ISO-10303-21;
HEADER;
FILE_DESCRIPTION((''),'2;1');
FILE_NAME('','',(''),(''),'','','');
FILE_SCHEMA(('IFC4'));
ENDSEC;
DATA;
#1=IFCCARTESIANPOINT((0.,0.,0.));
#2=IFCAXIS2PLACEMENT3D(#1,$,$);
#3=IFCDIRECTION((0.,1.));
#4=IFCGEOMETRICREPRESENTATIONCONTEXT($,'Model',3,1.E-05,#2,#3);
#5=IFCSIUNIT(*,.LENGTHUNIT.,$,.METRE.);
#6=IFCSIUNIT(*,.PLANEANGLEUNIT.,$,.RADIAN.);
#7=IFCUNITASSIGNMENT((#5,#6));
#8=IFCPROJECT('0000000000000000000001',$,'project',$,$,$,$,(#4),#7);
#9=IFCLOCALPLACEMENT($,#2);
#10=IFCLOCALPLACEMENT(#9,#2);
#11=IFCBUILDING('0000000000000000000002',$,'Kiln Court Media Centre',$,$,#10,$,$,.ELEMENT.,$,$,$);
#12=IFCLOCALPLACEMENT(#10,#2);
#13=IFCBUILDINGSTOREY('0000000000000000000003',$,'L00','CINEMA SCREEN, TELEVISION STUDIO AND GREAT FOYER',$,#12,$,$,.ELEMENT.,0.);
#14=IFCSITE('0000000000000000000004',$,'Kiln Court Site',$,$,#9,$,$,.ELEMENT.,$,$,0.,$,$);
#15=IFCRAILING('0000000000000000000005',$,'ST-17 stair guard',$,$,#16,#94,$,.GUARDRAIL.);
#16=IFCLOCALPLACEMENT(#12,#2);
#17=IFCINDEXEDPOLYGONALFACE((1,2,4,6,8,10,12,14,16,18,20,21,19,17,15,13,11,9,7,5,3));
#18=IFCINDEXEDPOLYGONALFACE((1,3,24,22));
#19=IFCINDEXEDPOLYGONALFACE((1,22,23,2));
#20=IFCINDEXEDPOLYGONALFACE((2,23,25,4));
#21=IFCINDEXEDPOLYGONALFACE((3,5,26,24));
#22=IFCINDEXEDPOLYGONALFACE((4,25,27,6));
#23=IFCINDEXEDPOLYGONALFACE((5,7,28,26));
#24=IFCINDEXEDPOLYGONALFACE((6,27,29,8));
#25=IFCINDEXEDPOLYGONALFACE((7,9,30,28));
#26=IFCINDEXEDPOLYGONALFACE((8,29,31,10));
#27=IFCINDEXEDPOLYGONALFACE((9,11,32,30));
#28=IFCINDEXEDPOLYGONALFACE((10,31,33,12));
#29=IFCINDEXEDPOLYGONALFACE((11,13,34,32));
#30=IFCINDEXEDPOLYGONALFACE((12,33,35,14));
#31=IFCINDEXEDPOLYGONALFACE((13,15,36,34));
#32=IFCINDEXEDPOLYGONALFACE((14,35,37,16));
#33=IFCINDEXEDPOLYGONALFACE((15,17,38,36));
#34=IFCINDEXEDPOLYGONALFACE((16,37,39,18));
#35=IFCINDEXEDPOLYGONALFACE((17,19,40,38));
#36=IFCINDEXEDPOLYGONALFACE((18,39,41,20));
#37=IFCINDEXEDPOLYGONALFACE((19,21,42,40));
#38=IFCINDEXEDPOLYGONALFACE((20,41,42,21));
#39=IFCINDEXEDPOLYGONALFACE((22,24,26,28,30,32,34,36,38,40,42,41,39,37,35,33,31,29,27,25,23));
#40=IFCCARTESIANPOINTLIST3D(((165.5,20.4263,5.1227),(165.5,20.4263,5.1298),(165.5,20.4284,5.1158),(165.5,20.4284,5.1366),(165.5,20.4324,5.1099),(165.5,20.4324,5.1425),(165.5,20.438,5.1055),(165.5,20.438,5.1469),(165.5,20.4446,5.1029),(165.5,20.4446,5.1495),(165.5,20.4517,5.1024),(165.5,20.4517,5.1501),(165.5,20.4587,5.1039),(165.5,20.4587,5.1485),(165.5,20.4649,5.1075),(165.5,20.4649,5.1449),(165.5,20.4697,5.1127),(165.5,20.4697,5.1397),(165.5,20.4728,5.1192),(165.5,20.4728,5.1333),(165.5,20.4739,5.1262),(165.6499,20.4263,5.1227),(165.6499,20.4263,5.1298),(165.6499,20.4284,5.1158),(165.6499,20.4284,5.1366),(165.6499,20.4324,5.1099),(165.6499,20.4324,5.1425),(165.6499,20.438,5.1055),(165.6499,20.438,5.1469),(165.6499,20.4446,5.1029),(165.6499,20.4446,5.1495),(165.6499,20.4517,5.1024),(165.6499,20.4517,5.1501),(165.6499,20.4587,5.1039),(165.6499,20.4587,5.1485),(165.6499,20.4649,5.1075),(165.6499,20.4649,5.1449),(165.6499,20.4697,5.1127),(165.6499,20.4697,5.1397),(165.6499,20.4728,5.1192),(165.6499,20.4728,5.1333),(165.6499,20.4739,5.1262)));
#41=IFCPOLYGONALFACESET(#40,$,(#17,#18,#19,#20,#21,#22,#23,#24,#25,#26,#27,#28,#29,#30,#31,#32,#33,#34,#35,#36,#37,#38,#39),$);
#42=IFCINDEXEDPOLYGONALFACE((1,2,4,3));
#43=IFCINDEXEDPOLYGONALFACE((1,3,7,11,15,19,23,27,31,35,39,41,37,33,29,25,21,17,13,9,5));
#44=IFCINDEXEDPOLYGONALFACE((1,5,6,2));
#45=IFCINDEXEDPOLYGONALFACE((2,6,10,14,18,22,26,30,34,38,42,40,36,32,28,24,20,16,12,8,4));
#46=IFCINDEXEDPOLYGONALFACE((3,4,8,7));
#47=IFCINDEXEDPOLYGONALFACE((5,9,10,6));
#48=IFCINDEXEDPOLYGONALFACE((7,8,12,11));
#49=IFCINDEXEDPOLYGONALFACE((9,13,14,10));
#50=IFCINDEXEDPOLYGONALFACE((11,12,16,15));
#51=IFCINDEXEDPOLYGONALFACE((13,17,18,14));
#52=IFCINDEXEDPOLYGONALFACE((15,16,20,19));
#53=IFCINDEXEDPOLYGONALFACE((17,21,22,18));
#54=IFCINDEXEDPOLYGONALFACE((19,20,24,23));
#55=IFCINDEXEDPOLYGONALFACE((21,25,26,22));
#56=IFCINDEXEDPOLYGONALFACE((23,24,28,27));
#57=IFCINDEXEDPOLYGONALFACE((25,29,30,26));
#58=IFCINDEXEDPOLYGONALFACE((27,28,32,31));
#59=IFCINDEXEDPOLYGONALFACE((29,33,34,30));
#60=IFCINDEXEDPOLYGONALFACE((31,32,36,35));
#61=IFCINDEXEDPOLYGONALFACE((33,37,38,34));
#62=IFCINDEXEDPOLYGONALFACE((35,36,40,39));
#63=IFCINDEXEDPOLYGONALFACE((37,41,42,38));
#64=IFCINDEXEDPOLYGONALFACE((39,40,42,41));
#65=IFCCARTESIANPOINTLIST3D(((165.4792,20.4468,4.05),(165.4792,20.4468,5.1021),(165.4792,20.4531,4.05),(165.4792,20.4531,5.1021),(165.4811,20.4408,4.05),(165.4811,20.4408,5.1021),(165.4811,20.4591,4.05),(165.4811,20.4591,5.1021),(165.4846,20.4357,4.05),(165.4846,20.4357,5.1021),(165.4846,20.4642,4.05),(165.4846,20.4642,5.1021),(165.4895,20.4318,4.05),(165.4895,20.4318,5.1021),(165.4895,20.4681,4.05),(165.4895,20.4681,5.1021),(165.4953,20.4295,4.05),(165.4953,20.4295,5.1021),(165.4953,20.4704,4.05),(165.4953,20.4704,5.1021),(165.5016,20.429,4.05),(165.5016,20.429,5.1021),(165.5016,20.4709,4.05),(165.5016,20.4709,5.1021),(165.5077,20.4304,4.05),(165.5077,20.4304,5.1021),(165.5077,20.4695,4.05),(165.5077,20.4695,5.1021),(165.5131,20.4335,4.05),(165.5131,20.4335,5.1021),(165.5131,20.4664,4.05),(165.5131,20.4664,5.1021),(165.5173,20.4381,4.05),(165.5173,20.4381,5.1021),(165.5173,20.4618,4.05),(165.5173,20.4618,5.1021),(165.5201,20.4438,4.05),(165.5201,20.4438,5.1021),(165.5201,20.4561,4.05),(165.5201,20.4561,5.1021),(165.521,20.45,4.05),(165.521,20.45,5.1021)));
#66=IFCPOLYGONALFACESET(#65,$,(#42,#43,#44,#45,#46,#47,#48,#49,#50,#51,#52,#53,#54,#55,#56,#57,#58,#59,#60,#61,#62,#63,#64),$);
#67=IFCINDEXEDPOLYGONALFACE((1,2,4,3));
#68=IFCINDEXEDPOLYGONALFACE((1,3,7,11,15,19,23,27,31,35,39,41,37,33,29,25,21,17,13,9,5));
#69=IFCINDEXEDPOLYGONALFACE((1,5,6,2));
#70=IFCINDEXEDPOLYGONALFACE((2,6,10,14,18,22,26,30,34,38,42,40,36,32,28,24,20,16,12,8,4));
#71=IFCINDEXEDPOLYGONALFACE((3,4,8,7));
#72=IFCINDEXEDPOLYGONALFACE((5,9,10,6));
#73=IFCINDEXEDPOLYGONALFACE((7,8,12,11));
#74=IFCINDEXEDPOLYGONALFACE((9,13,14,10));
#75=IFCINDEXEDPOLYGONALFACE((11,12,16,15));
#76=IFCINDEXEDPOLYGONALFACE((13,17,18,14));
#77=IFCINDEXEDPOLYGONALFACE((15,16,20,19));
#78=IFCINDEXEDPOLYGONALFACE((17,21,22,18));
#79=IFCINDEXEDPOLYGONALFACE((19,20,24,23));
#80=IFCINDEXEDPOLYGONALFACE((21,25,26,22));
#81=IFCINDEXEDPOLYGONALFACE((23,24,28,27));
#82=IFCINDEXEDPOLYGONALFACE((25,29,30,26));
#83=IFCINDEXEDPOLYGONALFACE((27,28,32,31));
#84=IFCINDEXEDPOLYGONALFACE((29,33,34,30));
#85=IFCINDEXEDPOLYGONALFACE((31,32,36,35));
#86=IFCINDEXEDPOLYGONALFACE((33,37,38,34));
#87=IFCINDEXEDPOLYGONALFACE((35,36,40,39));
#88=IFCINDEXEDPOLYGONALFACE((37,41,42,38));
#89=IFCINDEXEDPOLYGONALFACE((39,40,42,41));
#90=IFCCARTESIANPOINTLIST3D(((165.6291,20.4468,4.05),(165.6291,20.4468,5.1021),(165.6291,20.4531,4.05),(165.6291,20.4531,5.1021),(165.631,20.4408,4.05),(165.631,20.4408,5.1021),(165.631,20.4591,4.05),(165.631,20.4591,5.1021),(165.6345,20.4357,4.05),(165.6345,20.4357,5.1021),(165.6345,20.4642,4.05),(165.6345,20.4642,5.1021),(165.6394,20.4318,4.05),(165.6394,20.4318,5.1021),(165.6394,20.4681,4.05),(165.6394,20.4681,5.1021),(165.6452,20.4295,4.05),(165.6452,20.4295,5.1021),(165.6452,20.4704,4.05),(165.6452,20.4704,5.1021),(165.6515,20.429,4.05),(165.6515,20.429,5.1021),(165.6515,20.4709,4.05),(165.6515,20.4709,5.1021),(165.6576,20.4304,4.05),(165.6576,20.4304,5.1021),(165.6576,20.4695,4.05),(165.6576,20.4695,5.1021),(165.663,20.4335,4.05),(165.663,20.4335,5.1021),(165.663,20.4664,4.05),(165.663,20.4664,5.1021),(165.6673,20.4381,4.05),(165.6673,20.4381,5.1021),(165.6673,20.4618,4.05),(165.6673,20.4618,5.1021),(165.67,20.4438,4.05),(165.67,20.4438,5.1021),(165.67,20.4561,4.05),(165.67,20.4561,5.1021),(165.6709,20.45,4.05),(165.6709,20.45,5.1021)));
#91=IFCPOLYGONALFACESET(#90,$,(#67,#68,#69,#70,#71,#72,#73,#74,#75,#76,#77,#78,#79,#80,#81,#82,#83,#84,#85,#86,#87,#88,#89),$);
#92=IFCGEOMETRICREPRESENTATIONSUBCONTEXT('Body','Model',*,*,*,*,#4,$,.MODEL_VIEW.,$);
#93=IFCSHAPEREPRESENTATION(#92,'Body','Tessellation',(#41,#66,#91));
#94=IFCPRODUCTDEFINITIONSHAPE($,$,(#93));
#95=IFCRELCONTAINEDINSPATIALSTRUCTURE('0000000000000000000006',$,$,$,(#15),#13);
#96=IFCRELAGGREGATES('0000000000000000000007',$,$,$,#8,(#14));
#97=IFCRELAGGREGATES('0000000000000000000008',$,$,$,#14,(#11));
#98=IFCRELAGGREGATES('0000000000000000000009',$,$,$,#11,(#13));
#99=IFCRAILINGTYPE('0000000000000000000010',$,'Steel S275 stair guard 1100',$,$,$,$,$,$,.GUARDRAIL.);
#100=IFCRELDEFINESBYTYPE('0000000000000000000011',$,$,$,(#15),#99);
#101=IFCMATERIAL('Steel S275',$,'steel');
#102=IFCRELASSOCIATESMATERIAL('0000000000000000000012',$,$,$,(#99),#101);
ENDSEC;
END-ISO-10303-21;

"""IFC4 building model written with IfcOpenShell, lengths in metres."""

from ifc_helpers import new_model, si_unit, direction, frame, origin, origin_2d, place, context, subcontext, project, spatial, circle, extrude, material, type_object, element, save


model = new_model("IFC4")

# Units and contexts
model_context = context("Model", 3, precision=1e-05, world=origin(), true_north=direction((0.0, 1.0)))
body_context = subcontext(model_context, "Body", "Model", "MODEL_VIEW")
ifc_project = project(units=[si_unit("LENGTHUNIT", "METRE"), si_unit("PLANEANGLEUNIT", "RADIAN")], contexts=[model_context])

# Site, building, storey
site_placement = place(None, origin())
site = spatial("IfcSite", under=ifc_project, at=site_placement, Name="Kiln Court Site", CompositionType="ELEMENT", RefElevation=0.0)
building_placement = place(site_placement, origin())
building = spatial("IfcBuilding", under=site, at=building_placement, Name="Kiln Court Media Centre", CompositionType="ELEMENT")
storey_placement = place(building_placement, origin())
storey = spatial("IfcBuildingStorey", under=building, at=storey_placement, Name="L00", Description="CINEMA SCREEN, TELEVISION STUDIO AND GREAT FOYER", CompositionType="ELEMENT", Elevation=0.0)

# Railing
ifc_material_1 = material(Name="Steel S275", Category="steel")
railing_type_1 = type_object("IfcRailingType", Name="Steel S275 stair guard 1100", PredefinedType="GUARDRAIL", material=ifc_material_1)
railing_1_placement = place(storey_placement, frame((165.5, 20.45, 4.05)))
element("IfcRailing", 1, at=railing_1_placement, inside=storey, type_object=railing_type_1, Name="ST-17 stair guard", PredefinedType="GUARDRAIL", context=body_context, shape_type="SweptSolid", body=[
    extrude(circle(Radius=0.0239, at=origin_2d()), frame((0.0, 0.0, 1.0762), z_axis=(1.0, 0.0, 0.0), x_axis=(0.0, 1.0, 0.0)), (0.0, 0.0, 1.0), 0.1499),
    extrude(circle(Radius=0.021, at=origin_2d()), origin(), (0.0, 0.0, 1.0), 1.052),
    extrude(circle(Radius=0.021, at=origin_2d()), frame((0.1499, 0.0, 0.0)), (0.0, 0.0, 1.0), 1.052),
])

save(model, "model.ifc")
